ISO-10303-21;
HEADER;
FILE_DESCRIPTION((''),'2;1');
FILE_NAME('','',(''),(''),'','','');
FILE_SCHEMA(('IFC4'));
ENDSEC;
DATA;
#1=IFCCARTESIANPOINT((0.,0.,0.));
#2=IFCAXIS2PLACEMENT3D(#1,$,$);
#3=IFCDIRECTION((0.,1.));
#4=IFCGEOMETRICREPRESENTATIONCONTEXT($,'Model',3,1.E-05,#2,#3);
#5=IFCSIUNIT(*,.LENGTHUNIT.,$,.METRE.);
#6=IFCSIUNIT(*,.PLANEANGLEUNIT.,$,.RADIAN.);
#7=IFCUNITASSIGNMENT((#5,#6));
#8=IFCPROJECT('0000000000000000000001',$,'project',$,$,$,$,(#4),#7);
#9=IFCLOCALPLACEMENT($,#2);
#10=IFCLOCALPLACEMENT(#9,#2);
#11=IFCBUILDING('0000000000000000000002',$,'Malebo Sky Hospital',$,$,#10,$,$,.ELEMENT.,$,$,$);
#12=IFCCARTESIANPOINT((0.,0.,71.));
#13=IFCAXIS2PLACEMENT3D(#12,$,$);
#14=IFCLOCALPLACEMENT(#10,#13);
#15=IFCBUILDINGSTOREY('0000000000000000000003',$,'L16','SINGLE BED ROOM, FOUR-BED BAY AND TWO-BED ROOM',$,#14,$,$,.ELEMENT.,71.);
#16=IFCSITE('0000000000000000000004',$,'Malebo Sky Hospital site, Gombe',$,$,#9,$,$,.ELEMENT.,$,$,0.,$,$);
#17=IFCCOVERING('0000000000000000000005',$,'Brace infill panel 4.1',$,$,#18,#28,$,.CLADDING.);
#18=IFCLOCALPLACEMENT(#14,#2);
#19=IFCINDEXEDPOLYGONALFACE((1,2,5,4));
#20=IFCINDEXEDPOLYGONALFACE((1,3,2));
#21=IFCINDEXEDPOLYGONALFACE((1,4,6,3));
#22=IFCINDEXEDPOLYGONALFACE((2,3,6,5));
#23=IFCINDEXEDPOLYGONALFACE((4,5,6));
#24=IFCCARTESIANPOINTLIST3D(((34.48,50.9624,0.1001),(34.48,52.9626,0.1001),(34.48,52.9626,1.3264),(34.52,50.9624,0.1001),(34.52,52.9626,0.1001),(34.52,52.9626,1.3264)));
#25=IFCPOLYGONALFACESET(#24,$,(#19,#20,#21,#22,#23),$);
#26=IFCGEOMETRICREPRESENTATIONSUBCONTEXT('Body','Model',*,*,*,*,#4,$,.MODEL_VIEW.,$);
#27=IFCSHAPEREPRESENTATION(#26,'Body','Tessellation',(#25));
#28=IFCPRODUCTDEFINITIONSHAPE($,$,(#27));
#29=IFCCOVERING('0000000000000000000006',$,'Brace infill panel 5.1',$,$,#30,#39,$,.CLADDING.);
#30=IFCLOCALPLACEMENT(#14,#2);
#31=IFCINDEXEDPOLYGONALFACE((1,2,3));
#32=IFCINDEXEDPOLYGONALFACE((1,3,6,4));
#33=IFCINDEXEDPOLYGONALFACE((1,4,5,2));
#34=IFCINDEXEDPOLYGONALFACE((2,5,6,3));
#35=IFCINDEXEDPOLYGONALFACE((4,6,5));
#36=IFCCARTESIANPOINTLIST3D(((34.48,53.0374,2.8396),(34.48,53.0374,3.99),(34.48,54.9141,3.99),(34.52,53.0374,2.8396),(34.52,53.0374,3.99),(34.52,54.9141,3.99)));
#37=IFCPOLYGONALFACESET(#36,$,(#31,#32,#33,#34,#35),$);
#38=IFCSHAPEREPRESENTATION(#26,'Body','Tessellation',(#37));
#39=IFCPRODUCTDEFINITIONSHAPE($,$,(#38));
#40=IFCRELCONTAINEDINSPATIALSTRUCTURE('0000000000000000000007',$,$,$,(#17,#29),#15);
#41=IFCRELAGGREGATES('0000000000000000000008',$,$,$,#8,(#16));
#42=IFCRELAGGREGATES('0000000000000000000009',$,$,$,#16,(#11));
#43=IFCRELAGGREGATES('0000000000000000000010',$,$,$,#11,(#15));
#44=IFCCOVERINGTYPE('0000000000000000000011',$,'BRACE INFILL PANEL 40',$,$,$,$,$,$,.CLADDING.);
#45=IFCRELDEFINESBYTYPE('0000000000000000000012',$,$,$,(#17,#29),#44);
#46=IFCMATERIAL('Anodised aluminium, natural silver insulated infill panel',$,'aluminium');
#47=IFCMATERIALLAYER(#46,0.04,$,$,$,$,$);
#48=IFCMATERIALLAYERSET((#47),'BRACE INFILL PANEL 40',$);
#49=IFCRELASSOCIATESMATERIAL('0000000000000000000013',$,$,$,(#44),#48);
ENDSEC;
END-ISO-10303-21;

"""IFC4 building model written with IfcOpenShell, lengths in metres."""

from ifc_helpers import new_model, si_unit, direction, frame, origin, place, context, subcontext, project, spatial, polyline, outline, extrude, material, layer, layer_set, type_object, element, save


model = new_model("IFC4")

# Units and contexts
model_context = context("Model", 3, precision=1e-05, world=origin(), true_north=direction((0.0, 1.0)))
body_context = subcontext(model_context, "Body", "Model", "MODEL_VIEW")
ifc_project = project(units=[si_unit("LENGTHUNIT", "METRE"), si_unit("PLANEANGLEUNIT", "RADIAN")], contexts=[model_context])

# Site, building, storey
site_placement = place(None, origin())
site = spatial("IfcSite", under=ifc_project, at=site_placement, Name="Malebo Sky Hospital site, Gombe", CompositionType="ELEMENT", RefElevation=0.0)
building_placement = place(site_placement, origin())
building = spatial("IfcBuilding", under=site, at=building_placement, Name="Malebo Sky Hospital", CompositionType="ELEMENT")
storey_placement = place(building_placement, frame((0.0, 0.0, 71.0)))
storey = spatial("IfcBuildingStorey", under=building, at=storey_placement, Name="L16", Description="SINGLE BED ROOM, FOUR-BED BAY AND TWO-BED ROOM", CompositionType="ELEMENT", Elevation=71.0)

# Coverings
ifc_material_1 = material(Name="Anodised aluminium, natural silver insulated infill panel", Category="aluminium")
ifc_layer_1 = layer(ifc_material_1, 0.04)
ifc_layer_set_1 = layer_set([ifc_layer_1], Name="BRACE INFILL PANEL 40")
covering_type = type_object("IfcCoveringType", Name="BRACE INFILL PANEL 40", PredefinedType="CLADDING", material=ifc_layer_set_1)
covering_1_placement = place(storey_placement, frame((34.5, 51.9624, 0.1001), z_axis=(0.0, 0.0, 1.0), x_axis=(0.0, 1.0, 0.0)))
element("IfcCovering", 1, at=covering_1_placement, inside=storey, type_object=covering_type, Name="Brace infill panel 4.1", PredefinedType="CLADDING", context=body_context, shape_type="SweptSolid", body=[
    extrude(outline(polyline([(-1.0, 0.0), (1.0002, 0.0), (1.0002, 1.2263), (-1.0, 0.0)])), frame((0.0, 0.02, 0.0), z_axis=(0.0, -1.0, 0.0), x_axis=(1.0, 0.0, 0.0)), (0.0, 0.0, 1.0), 0.04),
])
covering_2_placement = place(storey_placement, frame((34.5, 53.9758, 2.8396), z_axis=(0.0, 0.0, 1.0), x_axis=(0.0, 1.0, 0.0)))
element("IfcCovering", 2, at=covering_2_placement, inside=storey, type_object=covering_type, Name="Brace infill panel 5.1", PredefinedType="CLADDING", context=body_context, shape_type="SweptSolid", body=[
    extrude(outline(polyline([(-0.9385, 0.0), (0.9382, 1.1504), (-0.9385, 1.1504), (-0.9385, 0.0)])), frame((0.0, 0.02, 0.0), z_axis=(0.0, -1.0, 0.0), x_axis=(1.0, 0.0, 0.0)), (0.0, 0.0, 1.0), 0.04),
])

save(model, "model.ifc")
